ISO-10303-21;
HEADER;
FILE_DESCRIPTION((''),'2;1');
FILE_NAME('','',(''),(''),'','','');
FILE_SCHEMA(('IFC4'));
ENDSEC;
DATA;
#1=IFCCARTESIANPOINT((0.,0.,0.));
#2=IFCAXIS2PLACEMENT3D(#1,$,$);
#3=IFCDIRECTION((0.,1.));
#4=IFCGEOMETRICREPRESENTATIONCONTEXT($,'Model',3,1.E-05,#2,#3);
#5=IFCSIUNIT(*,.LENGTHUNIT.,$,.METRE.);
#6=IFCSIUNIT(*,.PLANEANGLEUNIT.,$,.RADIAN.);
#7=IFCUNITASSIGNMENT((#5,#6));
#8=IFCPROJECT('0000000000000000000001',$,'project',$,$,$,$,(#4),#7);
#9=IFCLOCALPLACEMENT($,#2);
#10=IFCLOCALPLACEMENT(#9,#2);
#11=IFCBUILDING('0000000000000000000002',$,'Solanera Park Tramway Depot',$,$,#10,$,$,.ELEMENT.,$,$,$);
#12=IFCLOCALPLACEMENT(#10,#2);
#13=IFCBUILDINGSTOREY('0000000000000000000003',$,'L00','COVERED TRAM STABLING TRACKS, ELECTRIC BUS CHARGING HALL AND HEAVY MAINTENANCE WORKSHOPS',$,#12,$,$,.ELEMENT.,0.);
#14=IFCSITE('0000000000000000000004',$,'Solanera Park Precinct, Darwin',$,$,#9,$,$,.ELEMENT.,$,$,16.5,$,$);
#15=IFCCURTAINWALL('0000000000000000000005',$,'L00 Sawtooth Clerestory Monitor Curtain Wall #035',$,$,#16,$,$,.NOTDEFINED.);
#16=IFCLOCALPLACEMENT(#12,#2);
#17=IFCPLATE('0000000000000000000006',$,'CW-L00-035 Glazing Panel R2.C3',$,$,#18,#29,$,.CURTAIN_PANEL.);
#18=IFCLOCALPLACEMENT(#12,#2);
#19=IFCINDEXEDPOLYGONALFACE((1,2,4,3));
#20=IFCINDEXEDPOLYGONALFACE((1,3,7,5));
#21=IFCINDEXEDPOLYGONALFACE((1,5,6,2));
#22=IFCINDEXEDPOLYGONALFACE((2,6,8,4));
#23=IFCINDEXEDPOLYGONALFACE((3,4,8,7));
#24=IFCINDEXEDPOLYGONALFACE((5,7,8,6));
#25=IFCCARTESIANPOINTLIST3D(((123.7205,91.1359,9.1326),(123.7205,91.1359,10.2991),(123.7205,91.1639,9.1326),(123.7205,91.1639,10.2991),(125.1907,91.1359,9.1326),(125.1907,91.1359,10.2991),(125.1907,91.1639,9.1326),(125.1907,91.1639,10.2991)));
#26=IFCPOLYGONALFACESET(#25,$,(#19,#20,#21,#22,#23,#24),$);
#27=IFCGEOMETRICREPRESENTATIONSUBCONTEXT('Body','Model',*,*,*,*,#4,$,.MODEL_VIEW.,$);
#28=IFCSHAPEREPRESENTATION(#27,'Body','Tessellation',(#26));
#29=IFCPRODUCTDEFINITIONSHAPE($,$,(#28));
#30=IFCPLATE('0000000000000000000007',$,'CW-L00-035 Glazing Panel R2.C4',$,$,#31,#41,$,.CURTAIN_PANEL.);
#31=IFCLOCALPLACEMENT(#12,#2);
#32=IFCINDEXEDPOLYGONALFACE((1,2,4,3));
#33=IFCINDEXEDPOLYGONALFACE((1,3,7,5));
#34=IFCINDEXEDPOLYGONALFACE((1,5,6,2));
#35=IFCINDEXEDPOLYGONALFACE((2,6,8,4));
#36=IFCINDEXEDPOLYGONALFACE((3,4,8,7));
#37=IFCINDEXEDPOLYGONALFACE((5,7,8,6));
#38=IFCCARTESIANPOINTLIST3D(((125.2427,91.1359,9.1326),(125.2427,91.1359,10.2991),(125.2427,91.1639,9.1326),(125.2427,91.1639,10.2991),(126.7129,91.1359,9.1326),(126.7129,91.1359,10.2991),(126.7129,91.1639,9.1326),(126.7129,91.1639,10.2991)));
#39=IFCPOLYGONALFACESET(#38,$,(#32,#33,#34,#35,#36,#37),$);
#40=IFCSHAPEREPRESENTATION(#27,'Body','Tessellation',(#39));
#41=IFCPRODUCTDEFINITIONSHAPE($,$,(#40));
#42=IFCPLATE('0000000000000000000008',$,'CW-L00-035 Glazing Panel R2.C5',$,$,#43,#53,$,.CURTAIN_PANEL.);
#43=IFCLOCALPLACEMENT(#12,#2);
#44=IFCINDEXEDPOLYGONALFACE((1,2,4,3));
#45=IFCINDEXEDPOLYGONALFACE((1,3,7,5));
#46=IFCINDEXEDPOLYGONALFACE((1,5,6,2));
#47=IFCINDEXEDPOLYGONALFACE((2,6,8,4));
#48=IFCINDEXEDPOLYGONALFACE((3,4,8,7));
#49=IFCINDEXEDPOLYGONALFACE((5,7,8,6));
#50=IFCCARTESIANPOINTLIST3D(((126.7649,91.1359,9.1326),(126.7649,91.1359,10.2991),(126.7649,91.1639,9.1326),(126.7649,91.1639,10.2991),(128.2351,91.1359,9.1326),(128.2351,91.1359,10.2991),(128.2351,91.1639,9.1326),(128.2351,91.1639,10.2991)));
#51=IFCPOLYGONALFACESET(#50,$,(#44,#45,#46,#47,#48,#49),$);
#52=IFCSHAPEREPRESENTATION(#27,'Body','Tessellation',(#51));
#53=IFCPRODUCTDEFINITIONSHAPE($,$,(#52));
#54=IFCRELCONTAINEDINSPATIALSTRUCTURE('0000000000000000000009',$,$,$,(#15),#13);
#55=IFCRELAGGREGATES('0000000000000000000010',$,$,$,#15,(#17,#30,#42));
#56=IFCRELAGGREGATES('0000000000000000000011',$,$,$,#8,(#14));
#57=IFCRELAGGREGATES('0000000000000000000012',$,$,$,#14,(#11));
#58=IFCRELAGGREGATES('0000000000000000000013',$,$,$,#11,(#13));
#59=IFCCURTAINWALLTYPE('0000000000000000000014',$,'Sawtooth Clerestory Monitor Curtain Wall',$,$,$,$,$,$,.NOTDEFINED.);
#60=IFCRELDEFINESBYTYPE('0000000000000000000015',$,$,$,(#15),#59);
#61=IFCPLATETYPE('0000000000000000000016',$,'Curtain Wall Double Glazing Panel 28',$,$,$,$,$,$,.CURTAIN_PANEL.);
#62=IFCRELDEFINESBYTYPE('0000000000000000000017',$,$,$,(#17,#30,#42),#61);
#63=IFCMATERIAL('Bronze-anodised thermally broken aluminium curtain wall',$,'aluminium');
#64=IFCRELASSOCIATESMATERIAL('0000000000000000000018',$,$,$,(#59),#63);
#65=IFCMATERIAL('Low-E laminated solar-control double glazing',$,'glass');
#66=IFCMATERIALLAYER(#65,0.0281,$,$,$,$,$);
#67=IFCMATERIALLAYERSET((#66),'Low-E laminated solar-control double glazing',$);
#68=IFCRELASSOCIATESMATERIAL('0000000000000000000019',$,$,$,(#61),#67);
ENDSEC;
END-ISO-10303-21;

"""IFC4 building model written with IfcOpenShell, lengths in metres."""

from ifc_helpers import new_model, si_unit, direction, frame, origin, origin_2d, place, context, subcontext, project, spatial, rectangle, extrude, material, layer, layer_set, type_object, element, aggregate, save


model = new_model("IFC4")

# Units and contexts
model_context = context("Model", 3, precision=1e-05, world=origin(), true_north=direction((0.0, 1.0)))
body_context = subcontext(model_context, "Body", "Model", "MODEL_VIEW")
ifc_project = project(units=[si_unit("LENGTHUNIT", "METRE"), si_unit("PLANEANGLEUNIT", "RADIAN")], contexts=[model_context])

# Site, building, storey
site_placement = place(None, origin())
site = spatial("IfcSite", under=ifc_project, at=site_placement, Name="Solanera Park Precinct, Darwin", CompositionType="ELEMENT", RefElevation=16.5)
building_placement = place(site_placement, origin())
building = spatial("IfcBuilding", under=site, at=building_placement, Name="Solanera Park Tramway Depot", CompositionType="ELEMENT")
storey_placement = place(building_placement, origin())
storey = spatial("IfcBuildingStorey", under=building, at=storey_placement, Name="L00", Description="COVERED TRAM STABLING TRACKS, ELECTRIC BUS CHARGING HALL AND HEAVY MAINTENANCE WORKSHOPS", CompositionType="ELEMENT", Elevation=0.0)

# Curtain wall, plates
ifc_material_1 = material(Name="Bronze-anodised thermally broken aluminium curtain wall", Category="aluminium")
curtain_wall_type = type_object("IfcCurtainWallType", Name="Sawtooth Clerestory Monitor Curtain Wall", PredefinedType="NOTDEFINED", material=ifc_material_1)
curtain_wall_placement = place(storey_placement, origin())
curtain_wall = element("IfcCurtainWall", 1, at=curtain_wall_placement, inside=storey, type_object=curtain_wall_type, Name="L00 Sawtooth Clerestory Monitor Curtain Wall #035", PredefinedType="NOTDEFINED")
ifc_material_2 = material(Name="Low-E laminated solar-control double glazing", Category="glass")
ifc_layer = layer(ifc_material_2, 0.0281)
ifc_layer_set = layer_set([ifc_layer], Name="Low-E laminated solar-control double glazing")
plate_type = type_object("IfcPlateType", Name="Curtain Wall Double Glazing Panel 28", PredefinedType="CURTAIN_PANEL", material=ifc_layer_set)
plate_1_placement = place(storey_placement, frame((124.4556, 91.1499, 9.1326), z_axis=(0.0, 0.0, 1.0), x_axis=(1.0, 0.0, 0.0)))
plate_1 = element("IfcPlate", 2, at=plate_1_placement, type_object=plate_type, Name="CW-L00-035 Glazing Panel R2.C3", PredefinedType="CURTAIN_PANEL", context=body_context, shape_type="SweptSolid", body=[
    extrude(rectangle(XDim=1.4702, YDim=0.0281, at=origin_2d()), origin(), (0.0, 0.0, 1.0), 1.1665),
])
plate_2_placement = place(storey_placement, frame((125.9778, 91.1499, 9.1326), z_axis=(0.0, 0.0, 1.0), x_axis=(1.0, 0.0, 0.0)))
plate_2 = element("IfcPlate", 3, at=plate_2_placement, type_object=plate_type, Name="CW-L00-035 Glazing Panel R2.C4", PredefinedType="CURTAIN_PANEL", context=body_context, shape_type="SweptSolid", body=[
    extrude(rectangle(XDim=1.4702, YDim=0.0281, at=origin_2d()), origin(), (0.0, 0.0, 1.0), 1.1665),
])
plate_3_placement = place(storey_placement, frame((127.5, 91.1499, 9.1326), z_axis=(0.0, 0.0, 1.0), x_axis=(1.0, 0.0, 0.0)))
plate_3 = element("IfcPlate", 4, at=plate_3_placement, type_object=plate_type, Name="CW-L00-035 Glazing Panel R2.C5", PredefinedType="CURTAIN_PANEL", context=body_context, shape_type="SweptSolid", body=[
    extrude(rectangle(XDim=1.4702, YDim=0.0281, at=origin_2d()), origin(), (0.0, 0.0, 1.0), 1.1665),
])
aggregate(curtain_wall, [plate_1, plate_2, plate_3])

save(model, "model.ifc")
